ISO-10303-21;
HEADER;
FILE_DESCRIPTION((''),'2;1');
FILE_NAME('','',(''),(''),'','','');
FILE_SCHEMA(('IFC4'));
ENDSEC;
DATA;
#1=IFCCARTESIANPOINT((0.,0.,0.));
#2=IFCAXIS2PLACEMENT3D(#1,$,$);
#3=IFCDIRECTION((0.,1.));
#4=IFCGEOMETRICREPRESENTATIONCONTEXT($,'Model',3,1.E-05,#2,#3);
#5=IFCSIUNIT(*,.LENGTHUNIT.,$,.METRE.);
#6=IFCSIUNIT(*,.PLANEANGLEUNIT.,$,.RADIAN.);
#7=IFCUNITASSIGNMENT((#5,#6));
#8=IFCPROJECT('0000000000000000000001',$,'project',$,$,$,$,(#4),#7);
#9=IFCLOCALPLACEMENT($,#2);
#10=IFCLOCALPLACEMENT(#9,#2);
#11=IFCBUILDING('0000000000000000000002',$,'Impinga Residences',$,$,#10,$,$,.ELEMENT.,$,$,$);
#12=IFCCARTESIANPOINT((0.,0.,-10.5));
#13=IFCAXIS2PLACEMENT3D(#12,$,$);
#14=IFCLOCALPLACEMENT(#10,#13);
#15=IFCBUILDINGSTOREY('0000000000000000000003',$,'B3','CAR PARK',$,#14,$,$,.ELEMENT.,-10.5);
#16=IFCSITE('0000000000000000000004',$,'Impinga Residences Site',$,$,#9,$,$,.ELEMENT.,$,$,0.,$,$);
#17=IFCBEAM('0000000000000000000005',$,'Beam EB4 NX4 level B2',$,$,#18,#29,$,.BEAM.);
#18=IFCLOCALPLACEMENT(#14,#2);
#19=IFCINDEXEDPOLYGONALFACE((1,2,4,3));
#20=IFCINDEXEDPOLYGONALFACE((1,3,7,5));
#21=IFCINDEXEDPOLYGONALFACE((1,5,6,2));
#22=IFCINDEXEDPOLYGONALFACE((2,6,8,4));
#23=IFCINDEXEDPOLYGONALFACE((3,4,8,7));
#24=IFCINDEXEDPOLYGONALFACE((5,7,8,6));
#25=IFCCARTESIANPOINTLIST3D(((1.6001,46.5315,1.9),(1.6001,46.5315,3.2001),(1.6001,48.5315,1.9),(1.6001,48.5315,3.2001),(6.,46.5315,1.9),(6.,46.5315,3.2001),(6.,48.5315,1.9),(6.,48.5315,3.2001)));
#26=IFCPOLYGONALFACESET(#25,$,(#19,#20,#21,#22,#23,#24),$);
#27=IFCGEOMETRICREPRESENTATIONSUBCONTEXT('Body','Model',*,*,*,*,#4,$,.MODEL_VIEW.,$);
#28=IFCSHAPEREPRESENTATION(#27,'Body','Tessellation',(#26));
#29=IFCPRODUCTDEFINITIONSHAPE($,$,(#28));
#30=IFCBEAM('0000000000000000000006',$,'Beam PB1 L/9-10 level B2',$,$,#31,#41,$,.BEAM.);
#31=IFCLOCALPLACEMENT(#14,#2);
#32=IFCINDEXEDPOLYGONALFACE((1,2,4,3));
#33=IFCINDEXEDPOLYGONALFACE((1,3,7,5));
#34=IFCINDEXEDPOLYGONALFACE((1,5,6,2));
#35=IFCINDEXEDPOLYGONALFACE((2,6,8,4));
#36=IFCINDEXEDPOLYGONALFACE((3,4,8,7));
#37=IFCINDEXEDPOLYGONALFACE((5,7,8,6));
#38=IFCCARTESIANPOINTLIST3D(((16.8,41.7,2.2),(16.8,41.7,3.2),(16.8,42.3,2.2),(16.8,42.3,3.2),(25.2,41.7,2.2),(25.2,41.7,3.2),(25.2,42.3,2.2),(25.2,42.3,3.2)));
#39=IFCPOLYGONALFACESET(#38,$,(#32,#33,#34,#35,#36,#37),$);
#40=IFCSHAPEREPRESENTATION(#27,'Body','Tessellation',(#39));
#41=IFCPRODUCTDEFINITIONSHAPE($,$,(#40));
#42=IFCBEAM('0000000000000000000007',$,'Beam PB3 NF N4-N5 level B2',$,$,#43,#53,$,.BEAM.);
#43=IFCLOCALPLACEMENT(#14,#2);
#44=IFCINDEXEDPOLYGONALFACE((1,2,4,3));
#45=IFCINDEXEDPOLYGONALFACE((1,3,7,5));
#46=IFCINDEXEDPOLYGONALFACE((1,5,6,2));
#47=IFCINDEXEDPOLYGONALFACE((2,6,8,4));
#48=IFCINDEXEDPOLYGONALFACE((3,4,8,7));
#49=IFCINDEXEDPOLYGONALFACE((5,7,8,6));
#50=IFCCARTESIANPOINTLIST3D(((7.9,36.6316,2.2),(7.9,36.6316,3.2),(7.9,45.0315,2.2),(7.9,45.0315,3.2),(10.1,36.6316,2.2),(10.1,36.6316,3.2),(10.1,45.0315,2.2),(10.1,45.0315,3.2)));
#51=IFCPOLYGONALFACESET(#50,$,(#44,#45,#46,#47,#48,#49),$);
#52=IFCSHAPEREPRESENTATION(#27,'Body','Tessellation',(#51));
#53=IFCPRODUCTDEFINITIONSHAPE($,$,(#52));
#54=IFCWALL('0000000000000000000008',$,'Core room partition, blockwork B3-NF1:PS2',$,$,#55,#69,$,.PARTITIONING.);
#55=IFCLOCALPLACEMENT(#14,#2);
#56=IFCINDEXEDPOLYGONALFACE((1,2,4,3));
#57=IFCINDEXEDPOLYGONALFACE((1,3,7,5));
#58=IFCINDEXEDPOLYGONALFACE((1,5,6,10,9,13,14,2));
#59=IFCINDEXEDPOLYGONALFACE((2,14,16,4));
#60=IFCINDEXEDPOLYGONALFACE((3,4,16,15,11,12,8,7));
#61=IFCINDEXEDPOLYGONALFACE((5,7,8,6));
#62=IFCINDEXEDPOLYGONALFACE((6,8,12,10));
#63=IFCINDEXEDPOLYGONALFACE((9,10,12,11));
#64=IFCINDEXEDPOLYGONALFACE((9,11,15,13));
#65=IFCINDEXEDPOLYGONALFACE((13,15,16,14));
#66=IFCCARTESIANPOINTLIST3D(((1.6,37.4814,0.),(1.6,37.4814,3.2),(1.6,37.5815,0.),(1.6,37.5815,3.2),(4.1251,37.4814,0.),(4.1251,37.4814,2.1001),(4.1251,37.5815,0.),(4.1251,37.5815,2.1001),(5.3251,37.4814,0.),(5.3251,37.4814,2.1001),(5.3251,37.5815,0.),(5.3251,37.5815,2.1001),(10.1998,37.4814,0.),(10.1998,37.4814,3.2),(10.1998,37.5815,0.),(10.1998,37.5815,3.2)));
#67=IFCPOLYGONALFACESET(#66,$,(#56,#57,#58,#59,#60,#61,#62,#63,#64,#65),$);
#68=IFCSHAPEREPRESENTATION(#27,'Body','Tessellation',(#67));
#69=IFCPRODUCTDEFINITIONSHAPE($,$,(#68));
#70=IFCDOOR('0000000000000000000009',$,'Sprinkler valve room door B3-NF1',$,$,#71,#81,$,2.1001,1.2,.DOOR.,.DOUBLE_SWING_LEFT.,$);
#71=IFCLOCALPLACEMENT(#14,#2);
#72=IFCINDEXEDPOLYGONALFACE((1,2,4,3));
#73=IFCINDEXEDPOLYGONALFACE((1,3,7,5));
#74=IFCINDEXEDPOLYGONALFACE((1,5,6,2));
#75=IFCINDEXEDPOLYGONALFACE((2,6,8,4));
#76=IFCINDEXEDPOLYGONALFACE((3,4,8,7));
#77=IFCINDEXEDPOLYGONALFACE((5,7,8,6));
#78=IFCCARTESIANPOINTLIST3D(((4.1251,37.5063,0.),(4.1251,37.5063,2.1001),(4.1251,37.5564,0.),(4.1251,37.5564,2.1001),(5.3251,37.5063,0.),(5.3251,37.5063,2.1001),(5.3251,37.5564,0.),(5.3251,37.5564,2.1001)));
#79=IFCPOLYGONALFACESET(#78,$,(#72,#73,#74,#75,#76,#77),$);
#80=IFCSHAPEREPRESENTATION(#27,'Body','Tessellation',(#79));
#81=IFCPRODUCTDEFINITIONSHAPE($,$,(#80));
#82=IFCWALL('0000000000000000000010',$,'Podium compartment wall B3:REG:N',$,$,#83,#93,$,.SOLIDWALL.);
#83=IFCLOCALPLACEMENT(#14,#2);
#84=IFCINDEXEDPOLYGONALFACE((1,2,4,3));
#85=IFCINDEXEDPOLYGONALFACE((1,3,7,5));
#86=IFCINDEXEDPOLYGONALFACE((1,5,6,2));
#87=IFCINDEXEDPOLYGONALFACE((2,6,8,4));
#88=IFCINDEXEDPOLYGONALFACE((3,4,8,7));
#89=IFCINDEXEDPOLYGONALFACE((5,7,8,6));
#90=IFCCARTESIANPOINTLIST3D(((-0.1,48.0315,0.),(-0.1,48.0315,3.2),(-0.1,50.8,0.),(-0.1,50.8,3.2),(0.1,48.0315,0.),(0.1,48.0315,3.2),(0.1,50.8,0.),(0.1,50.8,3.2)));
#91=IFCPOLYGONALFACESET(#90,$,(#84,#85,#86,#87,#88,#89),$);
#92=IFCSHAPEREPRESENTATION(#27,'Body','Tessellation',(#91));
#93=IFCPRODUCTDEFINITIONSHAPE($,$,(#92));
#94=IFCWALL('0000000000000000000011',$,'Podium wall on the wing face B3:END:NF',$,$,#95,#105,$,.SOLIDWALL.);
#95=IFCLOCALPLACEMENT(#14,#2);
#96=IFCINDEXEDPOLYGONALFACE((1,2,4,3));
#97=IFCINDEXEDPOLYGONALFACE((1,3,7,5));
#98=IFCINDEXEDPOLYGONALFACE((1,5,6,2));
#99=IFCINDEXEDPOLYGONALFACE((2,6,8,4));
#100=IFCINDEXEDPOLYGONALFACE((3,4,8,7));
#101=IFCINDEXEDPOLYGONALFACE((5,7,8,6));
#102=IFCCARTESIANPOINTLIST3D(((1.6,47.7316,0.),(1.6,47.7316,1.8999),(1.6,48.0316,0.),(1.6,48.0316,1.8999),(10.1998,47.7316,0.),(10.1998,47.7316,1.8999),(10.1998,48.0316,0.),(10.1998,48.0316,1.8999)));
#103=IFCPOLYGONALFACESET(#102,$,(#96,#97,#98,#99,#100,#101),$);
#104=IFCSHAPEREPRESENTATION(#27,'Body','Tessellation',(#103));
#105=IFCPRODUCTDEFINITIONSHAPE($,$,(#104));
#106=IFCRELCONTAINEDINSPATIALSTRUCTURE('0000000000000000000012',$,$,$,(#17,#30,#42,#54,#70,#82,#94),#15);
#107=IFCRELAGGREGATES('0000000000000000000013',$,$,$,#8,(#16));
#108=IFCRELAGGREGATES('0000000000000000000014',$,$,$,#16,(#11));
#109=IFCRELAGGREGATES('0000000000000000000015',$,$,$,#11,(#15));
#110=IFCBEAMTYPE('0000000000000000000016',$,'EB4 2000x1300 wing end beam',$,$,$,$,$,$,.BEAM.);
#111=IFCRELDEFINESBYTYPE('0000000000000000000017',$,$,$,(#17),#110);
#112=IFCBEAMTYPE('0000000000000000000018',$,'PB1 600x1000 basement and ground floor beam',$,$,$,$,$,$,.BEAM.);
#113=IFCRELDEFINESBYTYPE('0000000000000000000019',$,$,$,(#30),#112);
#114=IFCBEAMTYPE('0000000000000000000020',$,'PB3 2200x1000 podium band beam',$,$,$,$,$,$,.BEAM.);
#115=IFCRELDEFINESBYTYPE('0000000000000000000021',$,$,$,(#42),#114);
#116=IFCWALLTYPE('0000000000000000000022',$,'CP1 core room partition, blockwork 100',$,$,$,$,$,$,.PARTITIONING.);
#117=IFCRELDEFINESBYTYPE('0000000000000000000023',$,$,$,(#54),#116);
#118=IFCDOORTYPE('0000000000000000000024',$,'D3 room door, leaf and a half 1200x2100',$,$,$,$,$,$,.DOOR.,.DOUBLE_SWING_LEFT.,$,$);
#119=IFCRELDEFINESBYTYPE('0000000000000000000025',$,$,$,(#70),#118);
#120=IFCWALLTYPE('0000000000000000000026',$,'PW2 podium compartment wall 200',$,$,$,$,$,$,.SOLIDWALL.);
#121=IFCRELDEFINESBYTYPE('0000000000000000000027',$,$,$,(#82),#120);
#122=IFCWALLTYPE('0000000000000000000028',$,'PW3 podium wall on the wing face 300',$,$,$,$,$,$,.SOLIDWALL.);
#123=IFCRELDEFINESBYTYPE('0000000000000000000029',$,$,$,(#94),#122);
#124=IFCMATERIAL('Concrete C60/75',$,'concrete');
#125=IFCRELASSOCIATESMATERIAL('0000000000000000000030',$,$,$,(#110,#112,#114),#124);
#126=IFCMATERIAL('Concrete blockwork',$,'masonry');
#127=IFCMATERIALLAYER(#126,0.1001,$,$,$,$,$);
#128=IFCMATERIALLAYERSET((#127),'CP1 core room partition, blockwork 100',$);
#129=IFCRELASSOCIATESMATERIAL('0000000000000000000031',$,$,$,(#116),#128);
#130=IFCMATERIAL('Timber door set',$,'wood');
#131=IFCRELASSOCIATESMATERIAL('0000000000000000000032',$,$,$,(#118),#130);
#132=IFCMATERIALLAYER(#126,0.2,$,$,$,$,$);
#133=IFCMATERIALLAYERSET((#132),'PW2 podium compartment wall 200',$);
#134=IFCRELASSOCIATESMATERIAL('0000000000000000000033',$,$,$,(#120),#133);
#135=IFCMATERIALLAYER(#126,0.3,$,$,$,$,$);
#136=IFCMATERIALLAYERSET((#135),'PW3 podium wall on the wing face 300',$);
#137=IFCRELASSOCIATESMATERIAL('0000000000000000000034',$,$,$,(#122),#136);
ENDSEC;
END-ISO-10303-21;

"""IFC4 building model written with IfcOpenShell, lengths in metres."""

from ifc_helpers import new_model, si_unit, direction, frame, frame_2d, origin, origin_2d, place, context, subcontext, project, spatial, rectangle, extrude, material, layer, layer_set, material_profile, profile_set, type_object, element, fill, save


model = new_model("IFC4")

# Units and contexts
model_context = context("Model", 3, precision=1e-05, world=origin(), true_north=direction((0.0, 1.0)))
body_context = subcontext(model_context, "Body", "Model", "MODEL_VIEW")
ifc_project = project(units=[si_unit("LENGTHUNIT", "METRE"), si_unit("PLANEANGLEUNIT", "RADIAN")], contexts=[model_context])

# Site, building, storey
site_placement = place(None, origin())
site = spatial("IfcSite", under=ifc_project, at=site_placement, Name="Impinga Residences Site", CompositionType="ELEMENT", RefElevation=0.0)
building_placement = place(site_placement, origin())
building = spatial("IfcBuilding", under=site, at=building_placement, Name="Impinga Residences", CompositionType="ELEMENT")
storey_placement = place(building_placement, frame((0.0, 0.0, -10.5)))
storey = spatial("IfcBuildingStorey", under=building, at=storey_placement, Name="B3", Description="CAR PARK", CompositionType="ELEMENT", Elevation=-10.5)

# Beams
ifc_material_1 = material(Name="Concrete C60/75", Category="concrete")
ifc_material_profile_1 = material_profile(ifc_material_1, rectangle(XDim=2.0, YDim=1.3, at=origin_2d()), Name="RC 2000x1300")
ifc_profile_set_1 = profile_set([ifc_material_profile_1], Name="Concrete C60/75")
beam_type_1 = type_object("IfcBeamType", Name="EB4 2000x1300 wing end beam", PredefinedType="BEAM", material=ifc_profile_set_1)
beam_1_placement = place(storey_placement, frame((1.6001, 47.5315, 2.55), z_axis=(1.0, 0.0, 0.0), x_axis=(0.0, 1.0, 0.0)))
element("IfcBeam", 1, at=beam_1_placement, inside=storey, type_object=beam_type_1, Name="Beam EB4 NX4 level B2", PredefinedType="BEAM", context=body_context, shape_type="SweptSolid", body=[
    extrude(rectangle(XDim=2.0, YDim=1.3, at=origin_2d()), origin(), (0.0, 0.0, 1.0), 4.3999),
])
ifc_material_profile_2 = material_profile(ifc_material_1, rectangle(XDim=0.6001, YDim=1.0, at=origin_2d()), Name="RC 600x1000")
ifc_profile_set_2 = profile_set([ifc_material_profile_2], Name="Concrete C60/75")
beam_type_2 = type_object("IfcBeamType", Name="PB1 600x1000 basement and ground floor beam", PredefinedType="BEAM", material=ifc_profile_set_2)
beam_2_placement = place(storey_placement, frame((16.8, 42.0, 2.7), z_axis=(1.0, 0.0, 0.0), x_axis=(0.0, 1.0, 0.0)))
element("IfcBeam", 2, at=beam_2_placement, inside=storey, type_object=beam_type_2, Name="Beam PB1 L/9-10 level B2", PredefinedType="BEAM", context=body_context, shape_type="SweptSolid", body=[
    extrude(rectangle(XDim=0.6001, YDim=1.0, at=origin_2d()), origin(), (0.0, 0.0, 1.0), 8.3999),
])
ifc_material_profile_3 = material_profile(ifc_material_1, rectangle(XDim=2.2, YDim=1.0, at=origin_2d()), Name="RC 2200x1000")
ifc_profile_set_3 = profile_set([ifc_material_profile_3], Name="Concrete C60/75")
beam_type_3 = type_object("IfcBeamType", Name="PB3 2200x1000 podium band beam", PredefinedType="BEAM", material=ifc_profile_set_3)
beam_3_placement = place(storey_placement, frame((9.0, 36.6316, 2.7), z_axis=(0.0, 1.0, 0.0), x_axis=(-1.0, 0.0, 0.0)))
element("IfcBeam", 3, at=beam_3_placement, inside=storey, type_object=beam_type_3, Name="Beam PB3 NF N4-N5 level B2", PredefinedType="BEAM", context=body_context, shape_type="SweptSolid", body=[
    extrude(rectangle(XDim=2.2, YDim=1.0, at=origin_2d()), origin(), (0.0, 0.0, 1.0), 8.3999),
])

# Wall, opening, door
ifc_material_2 = material(Name="Concrete blockwork", Category="masonry")
ifc_layer_1 = layer(ifc_material_2, 0.1001)
ifc_layer_set_1 = layer_set([ifc_layer_1], Name="CP1 core room partition, blockwork 100")
wall_type_1 = type_object("IfcWallType", Name="CP1 core room partition, blockwork 100", PredefinedType="PARTITIONING", material=ifc_layer_set_1)
wall_1_placement = place(storey_placement, frame((1.6001, 37.5315, 0.0), z_axis=(0.0, 0.0, 1.0), x_axis=(1.0, 0.0, 0.0)))
wall_1 = element("IfcWall", 4, at=wall_1_placement, inside=storey, type_object=wall_type_1, Name="Core room partition, blockwork B3-NF1:PS2", PredefinedType="PARTITIONING", context=body_context, shape_type="SweptSolid", body=[
    extrude(rectangle(XDim=8.5999, YDim=0.1001, at=frame_2d((4.2998, 0.0))), origin(), (0.0, 0.0, 1.0), 3.2),
])
opening_placement = place(wall_1_placement, frame((2.5249, 0.0, 0.0)))
opening = element("IfcOpeningElement", 5, at=opening_placement, cuts=wall_1, PredefinedType="OPENING", context=body_context, shape_type="SweptSolid", body=[
    extrude(rectangle(XDim=1.2, YDim=2.1001, at=frame_2d((0.6001, 1.05))), frame((0.0, 0.0601, 0.0), z_axis=(0.0, -1.0, 0.0), x_axis=(1.0, 0.0, 0.0)), (0.0, 0.0, 1.0), 0.1201),
])
ifc_material_3 = material(Name="Timber door set", Category="wood")
door_type = type_object("IfcDoorType", Name="D3 room door, leaf and a half 1200x2100", OperationType="DOUBLE_SWING_LEFT", PredefinedType="DOOR", material=ifc_material_3)
door_placement = place(opening_placement, origin())
door = element("IfcDoor", 6, at=door_placement, inside=storey, type_object=door_type, Name="Sprinkler valve room door B3-NF1", OperationType="DOUBLE_SWING_LEFT", OverallHeight=2.1001, OverallWidth=1.2, PredefinedType="DOOR", context=body_context, shape_type="SweptSolid", body=[
    extrude(rectangle(XDim=1.2, YDim=2.1001, at=frame_2d((0.6001, 1.05))), frame((0.0, 0.0249, 0.0), z_axis=(0.0, -1.0, 0.0), x_axis=(1.0, 0.0, 0.0)), (0.0, 0.0, 1.0), 0.05),
])
fill(opening, door)

# Walls
ifc_layer_2 = layer(ifc_material_2, 0.2)
ifc_layer_set_2 = layer_set([ifc_layer_2], Name="PW2 podium compartment wall 200")
wall_type_2 = type_object("IfcWallType", Name="PW2 podium compartment wall 200", PredefinedType="SOLIDWALL", material=ifc_layer_set_2)
wall_2_placement = place(storey_placement, frame((0.0, 48.0315, 0.0), z_axis=(0.0, 0.0, 1.0), x_axis=(0.0, 1.0, 0.0)))
element("IfcWall", 7, at=wall_2_placement, inside=storey, type_object=wall_type_2, Name="Podium compartment wall B3:REG:N", PredefinedType="SOLIDWALL", context=body_context, shape_type="SweptSolid", body=[
    extrude(rectangle(XDim=2.7686, YDim=0.2, at=frame_2d((1.3843, 0.0))), origin(), (0.0, 0.0, 1.0), 3.2),
])
ifc_layer_3 = layer(ifc_material_2, 0.3)
ifc_layer_set_3 = layer_set([ifc_layer_3], Name="PW3 podium wall on the wing face 300")
wall_type_3 = type_object("IfcWallType", Name="PW3 podium wall on the wing face 300", PredefinedType="SOLIDWALL", material=ifc_layer_set_3)
wall_3_placement = place(storey_placement, frame((1.6001, 47.8816, 0.0), z_axis=(0.0, 0.0, 1.0), x_axis=(1.0, 0.0, 0.0)))
element("IfcWall", 8, at=wall_3_placement, inside=storey, type_object=wall_type_3, Name="Podium wall on the wing face B3:END:NF", PredefinedType="SOLIDWALL", context=body_context, shape_type="SweptSolid", body=[
    extrude(rectangle(XDim=8.5999, YDim=0.3, at=frame_2d((4.2998, 0.0))), origin(), (0.0, 0.0, 1.0), 1.8999),
])

save(model, "model.ifc")
